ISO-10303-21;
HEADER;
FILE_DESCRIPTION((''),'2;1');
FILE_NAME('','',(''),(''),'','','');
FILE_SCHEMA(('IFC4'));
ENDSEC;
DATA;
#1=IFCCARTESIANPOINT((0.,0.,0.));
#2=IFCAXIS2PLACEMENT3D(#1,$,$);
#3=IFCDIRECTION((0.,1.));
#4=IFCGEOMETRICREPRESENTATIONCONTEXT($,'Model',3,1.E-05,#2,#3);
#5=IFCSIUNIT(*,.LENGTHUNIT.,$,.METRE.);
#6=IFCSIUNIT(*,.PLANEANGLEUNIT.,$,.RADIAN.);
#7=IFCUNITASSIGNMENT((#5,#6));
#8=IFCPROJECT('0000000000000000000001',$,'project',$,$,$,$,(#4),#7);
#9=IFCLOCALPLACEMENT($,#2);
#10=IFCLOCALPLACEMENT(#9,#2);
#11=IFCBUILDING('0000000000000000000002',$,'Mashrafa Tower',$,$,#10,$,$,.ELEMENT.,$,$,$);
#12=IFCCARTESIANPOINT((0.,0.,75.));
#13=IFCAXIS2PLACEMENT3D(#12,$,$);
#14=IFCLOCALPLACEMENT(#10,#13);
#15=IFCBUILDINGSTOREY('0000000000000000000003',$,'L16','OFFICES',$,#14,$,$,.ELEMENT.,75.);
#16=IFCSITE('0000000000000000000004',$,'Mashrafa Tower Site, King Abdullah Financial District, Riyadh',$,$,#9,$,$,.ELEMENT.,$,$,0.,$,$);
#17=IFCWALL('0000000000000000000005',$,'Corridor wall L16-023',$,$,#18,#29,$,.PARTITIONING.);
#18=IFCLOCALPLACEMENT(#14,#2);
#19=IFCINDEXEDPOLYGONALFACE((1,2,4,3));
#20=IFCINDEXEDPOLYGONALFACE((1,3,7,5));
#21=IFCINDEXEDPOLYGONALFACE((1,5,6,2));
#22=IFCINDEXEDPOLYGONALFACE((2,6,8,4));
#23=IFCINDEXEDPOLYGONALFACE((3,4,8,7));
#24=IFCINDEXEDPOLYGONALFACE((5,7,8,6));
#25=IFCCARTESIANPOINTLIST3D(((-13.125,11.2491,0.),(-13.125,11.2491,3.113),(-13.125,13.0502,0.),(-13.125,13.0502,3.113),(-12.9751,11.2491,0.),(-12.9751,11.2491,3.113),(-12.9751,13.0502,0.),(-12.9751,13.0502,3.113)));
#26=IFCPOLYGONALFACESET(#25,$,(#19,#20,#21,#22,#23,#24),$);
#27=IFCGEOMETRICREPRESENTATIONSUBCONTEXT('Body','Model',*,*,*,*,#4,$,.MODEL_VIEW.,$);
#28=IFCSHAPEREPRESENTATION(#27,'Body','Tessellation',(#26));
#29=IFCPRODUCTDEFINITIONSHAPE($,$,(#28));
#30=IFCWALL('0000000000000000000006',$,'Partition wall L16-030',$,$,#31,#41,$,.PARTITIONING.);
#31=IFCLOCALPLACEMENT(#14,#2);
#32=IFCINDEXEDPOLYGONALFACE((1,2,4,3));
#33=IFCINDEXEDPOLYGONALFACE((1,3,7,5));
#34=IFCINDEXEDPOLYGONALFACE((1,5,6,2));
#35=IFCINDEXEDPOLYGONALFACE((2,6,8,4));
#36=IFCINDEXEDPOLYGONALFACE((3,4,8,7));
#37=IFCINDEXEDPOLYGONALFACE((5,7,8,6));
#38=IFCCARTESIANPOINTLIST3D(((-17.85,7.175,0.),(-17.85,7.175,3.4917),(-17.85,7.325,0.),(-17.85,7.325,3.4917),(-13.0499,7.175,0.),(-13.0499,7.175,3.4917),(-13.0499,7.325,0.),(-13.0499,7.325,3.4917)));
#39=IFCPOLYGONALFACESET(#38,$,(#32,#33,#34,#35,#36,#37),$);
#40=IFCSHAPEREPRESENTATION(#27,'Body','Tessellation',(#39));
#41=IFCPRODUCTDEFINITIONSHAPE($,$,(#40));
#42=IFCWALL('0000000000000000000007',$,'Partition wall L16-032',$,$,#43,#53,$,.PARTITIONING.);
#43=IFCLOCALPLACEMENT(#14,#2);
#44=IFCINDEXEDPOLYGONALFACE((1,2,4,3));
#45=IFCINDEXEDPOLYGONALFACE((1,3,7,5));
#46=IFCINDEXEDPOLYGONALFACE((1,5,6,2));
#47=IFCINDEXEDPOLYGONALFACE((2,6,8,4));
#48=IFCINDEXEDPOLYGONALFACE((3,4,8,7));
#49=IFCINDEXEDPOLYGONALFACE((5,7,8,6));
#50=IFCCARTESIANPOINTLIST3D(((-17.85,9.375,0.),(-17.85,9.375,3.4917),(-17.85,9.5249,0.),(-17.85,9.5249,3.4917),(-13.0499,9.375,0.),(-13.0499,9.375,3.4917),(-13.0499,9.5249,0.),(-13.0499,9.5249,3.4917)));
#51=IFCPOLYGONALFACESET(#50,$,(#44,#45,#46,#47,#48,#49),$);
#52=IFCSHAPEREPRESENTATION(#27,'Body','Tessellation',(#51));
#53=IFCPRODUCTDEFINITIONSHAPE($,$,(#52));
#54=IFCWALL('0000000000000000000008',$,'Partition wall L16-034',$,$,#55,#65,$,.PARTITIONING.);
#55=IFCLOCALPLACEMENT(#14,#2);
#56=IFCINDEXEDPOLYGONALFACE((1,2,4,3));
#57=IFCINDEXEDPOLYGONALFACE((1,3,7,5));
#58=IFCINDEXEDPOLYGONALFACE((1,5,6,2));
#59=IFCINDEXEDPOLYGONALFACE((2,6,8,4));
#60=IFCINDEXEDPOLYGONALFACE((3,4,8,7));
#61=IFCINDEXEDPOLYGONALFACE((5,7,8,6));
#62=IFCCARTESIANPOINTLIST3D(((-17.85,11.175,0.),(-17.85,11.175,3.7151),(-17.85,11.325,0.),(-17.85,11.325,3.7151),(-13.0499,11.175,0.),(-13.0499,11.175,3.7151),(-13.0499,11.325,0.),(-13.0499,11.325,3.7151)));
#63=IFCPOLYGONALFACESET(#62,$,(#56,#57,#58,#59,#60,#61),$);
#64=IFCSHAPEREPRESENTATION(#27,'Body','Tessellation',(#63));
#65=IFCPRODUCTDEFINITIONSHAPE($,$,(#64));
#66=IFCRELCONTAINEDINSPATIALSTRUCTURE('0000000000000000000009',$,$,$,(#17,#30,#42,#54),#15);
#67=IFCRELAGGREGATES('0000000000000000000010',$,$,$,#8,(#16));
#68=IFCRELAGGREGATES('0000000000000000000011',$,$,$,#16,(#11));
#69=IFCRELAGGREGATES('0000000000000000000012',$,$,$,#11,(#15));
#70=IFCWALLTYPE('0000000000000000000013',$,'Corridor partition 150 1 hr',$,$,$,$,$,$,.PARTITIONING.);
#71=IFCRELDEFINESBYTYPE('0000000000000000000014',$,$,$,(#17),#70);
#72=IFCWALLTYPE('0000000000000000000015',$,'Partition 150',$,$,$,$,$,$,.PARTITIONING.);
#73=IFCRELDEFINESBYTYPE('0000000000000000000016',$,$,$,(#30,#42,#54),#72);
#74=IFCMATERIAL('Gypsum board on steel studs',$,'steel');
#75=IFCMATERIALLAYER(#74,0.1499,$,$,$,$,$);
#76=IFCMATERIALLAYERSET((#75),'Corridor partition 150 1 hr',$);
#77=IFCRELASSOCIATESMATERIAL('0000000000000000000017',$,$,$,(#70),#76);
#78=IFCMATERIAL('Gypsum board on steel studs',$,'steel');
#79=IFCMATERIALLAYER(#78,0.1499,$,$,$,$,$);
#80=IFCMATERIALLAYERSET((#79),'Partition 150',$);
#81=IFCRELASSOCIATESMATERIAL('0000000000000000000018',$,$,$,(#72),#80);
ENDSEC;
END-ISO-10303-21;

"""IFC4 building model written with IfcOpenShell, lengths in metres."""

from ifc_helpers import new_model, si_unit, direction, frame, frame_2d, origin, place, context, subcontext, project, spatial, rectangle, extrude, material, layer, layer_set, type_object, element, save


model = new_model("IFC4")

# Units and contexts
model_context = context("Model", 3, precision=1e-05, world=origin(), true_north=direction((0.0, 1.0)))
body_context = subcontext(model_context, "Body", "Model", "MODEL_VIEW")
ifc_project = project(units=[si_unit("LENGTHUNIT", "METRE"), si_unit("PLANEANGLEUNIT", "RADIAN")], contexts=[model_context])

# Site, building, storey
site_placement = place(None, origin())
site = spatial("IfcSite", under=ifc_project, at=site_placement, Name="Mashrafa Tower Site, King Abdullah Financial District, Riyadh", CompositionType="ELEMENT", RefElevation=0.0)
building_placement = place(site_placement, origin())
building = spatial("IfcBuilding", under=site, at=building_placement, Name="Mashrafa Tower", CompositionType="ELEMENT")
storey_placement = place(building_placement, frame((0.0, 0.0, 75.0)))
storey = spatial("IfcBuildingStorey", under=building, at=storey_placement, Name="L16", Description="OFFICES", CompositionType="ELEMENT", Elevation=75.0)

# Shared definitions
ifc_material_1 = material(Name="Gypsum board on steel studs", Category="steel")
ifc_layer_1 = layer(ifc_material_1, 0.1499)
ifc_layer_set_1 = layer_set([ifc_layer_1], Name="Corridor partition 150 1 hr")
wall_type_1 = type_object("IfcWallType", Name="Corridor partition 150 1 hr", PredefinedType="PARTITIONING", material=ifc_layer_set_1)

# Walls
wall_1_placement = place(storey_placement, frame((-13.05, 13.05, 0.0), z_axis=(0.0, 0.0, 1.0), x_axis=(0.0, -1.0, 0.0)))
element("IfcWall", 1, at=wall_1_placement, inside=storey, type_object=wall_type_1, Name="Corridor wall L16-023", PredefinedType="PARTITIONING", context=body_context, shape_type="SweptSolid", body=[
    extrude(rectangle(XDim=1.801, YDim=0.1499, at=frame_2d((0.9004, 0.0))), origin(), (0.0, 0.0, 1.0), 3.113),
])
ifc_material_2 = material(Name="Gypsum board on steel studs", Category="steel")
ifc_layer_2 = layer(ifc_material_2, 0.1499)
ifc_layer_set_2 = layer_set([ifc_layer_2], Name="Partition 150")
wall_type_2 = type_object("IfcWallType", Name="Partition 150", PredefinedType="PARTITIONING", material=ifc_layer_set_2)
for number, where, z_axis, x_axis, name in (
    (2, (-13.05, 7.25, 0.0), (0.0, 0.0, 1.0), (-1.0, 0.0, 0.0), "Partition wall L16-030"),
    (3, (-13.05, 9.45, 0.0), (0.0, 0.0, 1.0), (-1.0, 0.0, 0.0), "Partition wall L16-032"),
):
    element("IfcWall", number, at=place(storey_placement, frame(where, z_axis=z_axis, x_axis=x_axis)), inside=storey, type_object=wall_type_2, Name=name, PredefinedType="PARTITIONING", context=body_context, shape_type="SweptSolid", body=[
        extrude(rectangle(XDim=4.8, YDim=0.1499, at=frame_2d((2.3999, 0.0))), origin(), (0.0, 0.0, 1.0), 3.4917),
    ])
wall_2_placement = place(storey_placement, frame((-13.05, 11.25, 0.0), z_axis=(0.0, 0.0, 1.0), x_axis=(-1.0, 0.0, 0.0)))
element("IfcWall", 4, at=wall_2_placement, inside=storey, type_object=wall_type_2, Name="Partition wall L16-034", PredefinedType="PARTITIONING", context=body_context, shape_type="SweptSolid", body=[
    extrude(rectangle(XDim=4.8, YDim=0.1499, at=frame_2d((2.3999, 0.0))), origin(), (0.0, 0.0, 1.0), 3.7151),
])

save(model, "model.ifc")
